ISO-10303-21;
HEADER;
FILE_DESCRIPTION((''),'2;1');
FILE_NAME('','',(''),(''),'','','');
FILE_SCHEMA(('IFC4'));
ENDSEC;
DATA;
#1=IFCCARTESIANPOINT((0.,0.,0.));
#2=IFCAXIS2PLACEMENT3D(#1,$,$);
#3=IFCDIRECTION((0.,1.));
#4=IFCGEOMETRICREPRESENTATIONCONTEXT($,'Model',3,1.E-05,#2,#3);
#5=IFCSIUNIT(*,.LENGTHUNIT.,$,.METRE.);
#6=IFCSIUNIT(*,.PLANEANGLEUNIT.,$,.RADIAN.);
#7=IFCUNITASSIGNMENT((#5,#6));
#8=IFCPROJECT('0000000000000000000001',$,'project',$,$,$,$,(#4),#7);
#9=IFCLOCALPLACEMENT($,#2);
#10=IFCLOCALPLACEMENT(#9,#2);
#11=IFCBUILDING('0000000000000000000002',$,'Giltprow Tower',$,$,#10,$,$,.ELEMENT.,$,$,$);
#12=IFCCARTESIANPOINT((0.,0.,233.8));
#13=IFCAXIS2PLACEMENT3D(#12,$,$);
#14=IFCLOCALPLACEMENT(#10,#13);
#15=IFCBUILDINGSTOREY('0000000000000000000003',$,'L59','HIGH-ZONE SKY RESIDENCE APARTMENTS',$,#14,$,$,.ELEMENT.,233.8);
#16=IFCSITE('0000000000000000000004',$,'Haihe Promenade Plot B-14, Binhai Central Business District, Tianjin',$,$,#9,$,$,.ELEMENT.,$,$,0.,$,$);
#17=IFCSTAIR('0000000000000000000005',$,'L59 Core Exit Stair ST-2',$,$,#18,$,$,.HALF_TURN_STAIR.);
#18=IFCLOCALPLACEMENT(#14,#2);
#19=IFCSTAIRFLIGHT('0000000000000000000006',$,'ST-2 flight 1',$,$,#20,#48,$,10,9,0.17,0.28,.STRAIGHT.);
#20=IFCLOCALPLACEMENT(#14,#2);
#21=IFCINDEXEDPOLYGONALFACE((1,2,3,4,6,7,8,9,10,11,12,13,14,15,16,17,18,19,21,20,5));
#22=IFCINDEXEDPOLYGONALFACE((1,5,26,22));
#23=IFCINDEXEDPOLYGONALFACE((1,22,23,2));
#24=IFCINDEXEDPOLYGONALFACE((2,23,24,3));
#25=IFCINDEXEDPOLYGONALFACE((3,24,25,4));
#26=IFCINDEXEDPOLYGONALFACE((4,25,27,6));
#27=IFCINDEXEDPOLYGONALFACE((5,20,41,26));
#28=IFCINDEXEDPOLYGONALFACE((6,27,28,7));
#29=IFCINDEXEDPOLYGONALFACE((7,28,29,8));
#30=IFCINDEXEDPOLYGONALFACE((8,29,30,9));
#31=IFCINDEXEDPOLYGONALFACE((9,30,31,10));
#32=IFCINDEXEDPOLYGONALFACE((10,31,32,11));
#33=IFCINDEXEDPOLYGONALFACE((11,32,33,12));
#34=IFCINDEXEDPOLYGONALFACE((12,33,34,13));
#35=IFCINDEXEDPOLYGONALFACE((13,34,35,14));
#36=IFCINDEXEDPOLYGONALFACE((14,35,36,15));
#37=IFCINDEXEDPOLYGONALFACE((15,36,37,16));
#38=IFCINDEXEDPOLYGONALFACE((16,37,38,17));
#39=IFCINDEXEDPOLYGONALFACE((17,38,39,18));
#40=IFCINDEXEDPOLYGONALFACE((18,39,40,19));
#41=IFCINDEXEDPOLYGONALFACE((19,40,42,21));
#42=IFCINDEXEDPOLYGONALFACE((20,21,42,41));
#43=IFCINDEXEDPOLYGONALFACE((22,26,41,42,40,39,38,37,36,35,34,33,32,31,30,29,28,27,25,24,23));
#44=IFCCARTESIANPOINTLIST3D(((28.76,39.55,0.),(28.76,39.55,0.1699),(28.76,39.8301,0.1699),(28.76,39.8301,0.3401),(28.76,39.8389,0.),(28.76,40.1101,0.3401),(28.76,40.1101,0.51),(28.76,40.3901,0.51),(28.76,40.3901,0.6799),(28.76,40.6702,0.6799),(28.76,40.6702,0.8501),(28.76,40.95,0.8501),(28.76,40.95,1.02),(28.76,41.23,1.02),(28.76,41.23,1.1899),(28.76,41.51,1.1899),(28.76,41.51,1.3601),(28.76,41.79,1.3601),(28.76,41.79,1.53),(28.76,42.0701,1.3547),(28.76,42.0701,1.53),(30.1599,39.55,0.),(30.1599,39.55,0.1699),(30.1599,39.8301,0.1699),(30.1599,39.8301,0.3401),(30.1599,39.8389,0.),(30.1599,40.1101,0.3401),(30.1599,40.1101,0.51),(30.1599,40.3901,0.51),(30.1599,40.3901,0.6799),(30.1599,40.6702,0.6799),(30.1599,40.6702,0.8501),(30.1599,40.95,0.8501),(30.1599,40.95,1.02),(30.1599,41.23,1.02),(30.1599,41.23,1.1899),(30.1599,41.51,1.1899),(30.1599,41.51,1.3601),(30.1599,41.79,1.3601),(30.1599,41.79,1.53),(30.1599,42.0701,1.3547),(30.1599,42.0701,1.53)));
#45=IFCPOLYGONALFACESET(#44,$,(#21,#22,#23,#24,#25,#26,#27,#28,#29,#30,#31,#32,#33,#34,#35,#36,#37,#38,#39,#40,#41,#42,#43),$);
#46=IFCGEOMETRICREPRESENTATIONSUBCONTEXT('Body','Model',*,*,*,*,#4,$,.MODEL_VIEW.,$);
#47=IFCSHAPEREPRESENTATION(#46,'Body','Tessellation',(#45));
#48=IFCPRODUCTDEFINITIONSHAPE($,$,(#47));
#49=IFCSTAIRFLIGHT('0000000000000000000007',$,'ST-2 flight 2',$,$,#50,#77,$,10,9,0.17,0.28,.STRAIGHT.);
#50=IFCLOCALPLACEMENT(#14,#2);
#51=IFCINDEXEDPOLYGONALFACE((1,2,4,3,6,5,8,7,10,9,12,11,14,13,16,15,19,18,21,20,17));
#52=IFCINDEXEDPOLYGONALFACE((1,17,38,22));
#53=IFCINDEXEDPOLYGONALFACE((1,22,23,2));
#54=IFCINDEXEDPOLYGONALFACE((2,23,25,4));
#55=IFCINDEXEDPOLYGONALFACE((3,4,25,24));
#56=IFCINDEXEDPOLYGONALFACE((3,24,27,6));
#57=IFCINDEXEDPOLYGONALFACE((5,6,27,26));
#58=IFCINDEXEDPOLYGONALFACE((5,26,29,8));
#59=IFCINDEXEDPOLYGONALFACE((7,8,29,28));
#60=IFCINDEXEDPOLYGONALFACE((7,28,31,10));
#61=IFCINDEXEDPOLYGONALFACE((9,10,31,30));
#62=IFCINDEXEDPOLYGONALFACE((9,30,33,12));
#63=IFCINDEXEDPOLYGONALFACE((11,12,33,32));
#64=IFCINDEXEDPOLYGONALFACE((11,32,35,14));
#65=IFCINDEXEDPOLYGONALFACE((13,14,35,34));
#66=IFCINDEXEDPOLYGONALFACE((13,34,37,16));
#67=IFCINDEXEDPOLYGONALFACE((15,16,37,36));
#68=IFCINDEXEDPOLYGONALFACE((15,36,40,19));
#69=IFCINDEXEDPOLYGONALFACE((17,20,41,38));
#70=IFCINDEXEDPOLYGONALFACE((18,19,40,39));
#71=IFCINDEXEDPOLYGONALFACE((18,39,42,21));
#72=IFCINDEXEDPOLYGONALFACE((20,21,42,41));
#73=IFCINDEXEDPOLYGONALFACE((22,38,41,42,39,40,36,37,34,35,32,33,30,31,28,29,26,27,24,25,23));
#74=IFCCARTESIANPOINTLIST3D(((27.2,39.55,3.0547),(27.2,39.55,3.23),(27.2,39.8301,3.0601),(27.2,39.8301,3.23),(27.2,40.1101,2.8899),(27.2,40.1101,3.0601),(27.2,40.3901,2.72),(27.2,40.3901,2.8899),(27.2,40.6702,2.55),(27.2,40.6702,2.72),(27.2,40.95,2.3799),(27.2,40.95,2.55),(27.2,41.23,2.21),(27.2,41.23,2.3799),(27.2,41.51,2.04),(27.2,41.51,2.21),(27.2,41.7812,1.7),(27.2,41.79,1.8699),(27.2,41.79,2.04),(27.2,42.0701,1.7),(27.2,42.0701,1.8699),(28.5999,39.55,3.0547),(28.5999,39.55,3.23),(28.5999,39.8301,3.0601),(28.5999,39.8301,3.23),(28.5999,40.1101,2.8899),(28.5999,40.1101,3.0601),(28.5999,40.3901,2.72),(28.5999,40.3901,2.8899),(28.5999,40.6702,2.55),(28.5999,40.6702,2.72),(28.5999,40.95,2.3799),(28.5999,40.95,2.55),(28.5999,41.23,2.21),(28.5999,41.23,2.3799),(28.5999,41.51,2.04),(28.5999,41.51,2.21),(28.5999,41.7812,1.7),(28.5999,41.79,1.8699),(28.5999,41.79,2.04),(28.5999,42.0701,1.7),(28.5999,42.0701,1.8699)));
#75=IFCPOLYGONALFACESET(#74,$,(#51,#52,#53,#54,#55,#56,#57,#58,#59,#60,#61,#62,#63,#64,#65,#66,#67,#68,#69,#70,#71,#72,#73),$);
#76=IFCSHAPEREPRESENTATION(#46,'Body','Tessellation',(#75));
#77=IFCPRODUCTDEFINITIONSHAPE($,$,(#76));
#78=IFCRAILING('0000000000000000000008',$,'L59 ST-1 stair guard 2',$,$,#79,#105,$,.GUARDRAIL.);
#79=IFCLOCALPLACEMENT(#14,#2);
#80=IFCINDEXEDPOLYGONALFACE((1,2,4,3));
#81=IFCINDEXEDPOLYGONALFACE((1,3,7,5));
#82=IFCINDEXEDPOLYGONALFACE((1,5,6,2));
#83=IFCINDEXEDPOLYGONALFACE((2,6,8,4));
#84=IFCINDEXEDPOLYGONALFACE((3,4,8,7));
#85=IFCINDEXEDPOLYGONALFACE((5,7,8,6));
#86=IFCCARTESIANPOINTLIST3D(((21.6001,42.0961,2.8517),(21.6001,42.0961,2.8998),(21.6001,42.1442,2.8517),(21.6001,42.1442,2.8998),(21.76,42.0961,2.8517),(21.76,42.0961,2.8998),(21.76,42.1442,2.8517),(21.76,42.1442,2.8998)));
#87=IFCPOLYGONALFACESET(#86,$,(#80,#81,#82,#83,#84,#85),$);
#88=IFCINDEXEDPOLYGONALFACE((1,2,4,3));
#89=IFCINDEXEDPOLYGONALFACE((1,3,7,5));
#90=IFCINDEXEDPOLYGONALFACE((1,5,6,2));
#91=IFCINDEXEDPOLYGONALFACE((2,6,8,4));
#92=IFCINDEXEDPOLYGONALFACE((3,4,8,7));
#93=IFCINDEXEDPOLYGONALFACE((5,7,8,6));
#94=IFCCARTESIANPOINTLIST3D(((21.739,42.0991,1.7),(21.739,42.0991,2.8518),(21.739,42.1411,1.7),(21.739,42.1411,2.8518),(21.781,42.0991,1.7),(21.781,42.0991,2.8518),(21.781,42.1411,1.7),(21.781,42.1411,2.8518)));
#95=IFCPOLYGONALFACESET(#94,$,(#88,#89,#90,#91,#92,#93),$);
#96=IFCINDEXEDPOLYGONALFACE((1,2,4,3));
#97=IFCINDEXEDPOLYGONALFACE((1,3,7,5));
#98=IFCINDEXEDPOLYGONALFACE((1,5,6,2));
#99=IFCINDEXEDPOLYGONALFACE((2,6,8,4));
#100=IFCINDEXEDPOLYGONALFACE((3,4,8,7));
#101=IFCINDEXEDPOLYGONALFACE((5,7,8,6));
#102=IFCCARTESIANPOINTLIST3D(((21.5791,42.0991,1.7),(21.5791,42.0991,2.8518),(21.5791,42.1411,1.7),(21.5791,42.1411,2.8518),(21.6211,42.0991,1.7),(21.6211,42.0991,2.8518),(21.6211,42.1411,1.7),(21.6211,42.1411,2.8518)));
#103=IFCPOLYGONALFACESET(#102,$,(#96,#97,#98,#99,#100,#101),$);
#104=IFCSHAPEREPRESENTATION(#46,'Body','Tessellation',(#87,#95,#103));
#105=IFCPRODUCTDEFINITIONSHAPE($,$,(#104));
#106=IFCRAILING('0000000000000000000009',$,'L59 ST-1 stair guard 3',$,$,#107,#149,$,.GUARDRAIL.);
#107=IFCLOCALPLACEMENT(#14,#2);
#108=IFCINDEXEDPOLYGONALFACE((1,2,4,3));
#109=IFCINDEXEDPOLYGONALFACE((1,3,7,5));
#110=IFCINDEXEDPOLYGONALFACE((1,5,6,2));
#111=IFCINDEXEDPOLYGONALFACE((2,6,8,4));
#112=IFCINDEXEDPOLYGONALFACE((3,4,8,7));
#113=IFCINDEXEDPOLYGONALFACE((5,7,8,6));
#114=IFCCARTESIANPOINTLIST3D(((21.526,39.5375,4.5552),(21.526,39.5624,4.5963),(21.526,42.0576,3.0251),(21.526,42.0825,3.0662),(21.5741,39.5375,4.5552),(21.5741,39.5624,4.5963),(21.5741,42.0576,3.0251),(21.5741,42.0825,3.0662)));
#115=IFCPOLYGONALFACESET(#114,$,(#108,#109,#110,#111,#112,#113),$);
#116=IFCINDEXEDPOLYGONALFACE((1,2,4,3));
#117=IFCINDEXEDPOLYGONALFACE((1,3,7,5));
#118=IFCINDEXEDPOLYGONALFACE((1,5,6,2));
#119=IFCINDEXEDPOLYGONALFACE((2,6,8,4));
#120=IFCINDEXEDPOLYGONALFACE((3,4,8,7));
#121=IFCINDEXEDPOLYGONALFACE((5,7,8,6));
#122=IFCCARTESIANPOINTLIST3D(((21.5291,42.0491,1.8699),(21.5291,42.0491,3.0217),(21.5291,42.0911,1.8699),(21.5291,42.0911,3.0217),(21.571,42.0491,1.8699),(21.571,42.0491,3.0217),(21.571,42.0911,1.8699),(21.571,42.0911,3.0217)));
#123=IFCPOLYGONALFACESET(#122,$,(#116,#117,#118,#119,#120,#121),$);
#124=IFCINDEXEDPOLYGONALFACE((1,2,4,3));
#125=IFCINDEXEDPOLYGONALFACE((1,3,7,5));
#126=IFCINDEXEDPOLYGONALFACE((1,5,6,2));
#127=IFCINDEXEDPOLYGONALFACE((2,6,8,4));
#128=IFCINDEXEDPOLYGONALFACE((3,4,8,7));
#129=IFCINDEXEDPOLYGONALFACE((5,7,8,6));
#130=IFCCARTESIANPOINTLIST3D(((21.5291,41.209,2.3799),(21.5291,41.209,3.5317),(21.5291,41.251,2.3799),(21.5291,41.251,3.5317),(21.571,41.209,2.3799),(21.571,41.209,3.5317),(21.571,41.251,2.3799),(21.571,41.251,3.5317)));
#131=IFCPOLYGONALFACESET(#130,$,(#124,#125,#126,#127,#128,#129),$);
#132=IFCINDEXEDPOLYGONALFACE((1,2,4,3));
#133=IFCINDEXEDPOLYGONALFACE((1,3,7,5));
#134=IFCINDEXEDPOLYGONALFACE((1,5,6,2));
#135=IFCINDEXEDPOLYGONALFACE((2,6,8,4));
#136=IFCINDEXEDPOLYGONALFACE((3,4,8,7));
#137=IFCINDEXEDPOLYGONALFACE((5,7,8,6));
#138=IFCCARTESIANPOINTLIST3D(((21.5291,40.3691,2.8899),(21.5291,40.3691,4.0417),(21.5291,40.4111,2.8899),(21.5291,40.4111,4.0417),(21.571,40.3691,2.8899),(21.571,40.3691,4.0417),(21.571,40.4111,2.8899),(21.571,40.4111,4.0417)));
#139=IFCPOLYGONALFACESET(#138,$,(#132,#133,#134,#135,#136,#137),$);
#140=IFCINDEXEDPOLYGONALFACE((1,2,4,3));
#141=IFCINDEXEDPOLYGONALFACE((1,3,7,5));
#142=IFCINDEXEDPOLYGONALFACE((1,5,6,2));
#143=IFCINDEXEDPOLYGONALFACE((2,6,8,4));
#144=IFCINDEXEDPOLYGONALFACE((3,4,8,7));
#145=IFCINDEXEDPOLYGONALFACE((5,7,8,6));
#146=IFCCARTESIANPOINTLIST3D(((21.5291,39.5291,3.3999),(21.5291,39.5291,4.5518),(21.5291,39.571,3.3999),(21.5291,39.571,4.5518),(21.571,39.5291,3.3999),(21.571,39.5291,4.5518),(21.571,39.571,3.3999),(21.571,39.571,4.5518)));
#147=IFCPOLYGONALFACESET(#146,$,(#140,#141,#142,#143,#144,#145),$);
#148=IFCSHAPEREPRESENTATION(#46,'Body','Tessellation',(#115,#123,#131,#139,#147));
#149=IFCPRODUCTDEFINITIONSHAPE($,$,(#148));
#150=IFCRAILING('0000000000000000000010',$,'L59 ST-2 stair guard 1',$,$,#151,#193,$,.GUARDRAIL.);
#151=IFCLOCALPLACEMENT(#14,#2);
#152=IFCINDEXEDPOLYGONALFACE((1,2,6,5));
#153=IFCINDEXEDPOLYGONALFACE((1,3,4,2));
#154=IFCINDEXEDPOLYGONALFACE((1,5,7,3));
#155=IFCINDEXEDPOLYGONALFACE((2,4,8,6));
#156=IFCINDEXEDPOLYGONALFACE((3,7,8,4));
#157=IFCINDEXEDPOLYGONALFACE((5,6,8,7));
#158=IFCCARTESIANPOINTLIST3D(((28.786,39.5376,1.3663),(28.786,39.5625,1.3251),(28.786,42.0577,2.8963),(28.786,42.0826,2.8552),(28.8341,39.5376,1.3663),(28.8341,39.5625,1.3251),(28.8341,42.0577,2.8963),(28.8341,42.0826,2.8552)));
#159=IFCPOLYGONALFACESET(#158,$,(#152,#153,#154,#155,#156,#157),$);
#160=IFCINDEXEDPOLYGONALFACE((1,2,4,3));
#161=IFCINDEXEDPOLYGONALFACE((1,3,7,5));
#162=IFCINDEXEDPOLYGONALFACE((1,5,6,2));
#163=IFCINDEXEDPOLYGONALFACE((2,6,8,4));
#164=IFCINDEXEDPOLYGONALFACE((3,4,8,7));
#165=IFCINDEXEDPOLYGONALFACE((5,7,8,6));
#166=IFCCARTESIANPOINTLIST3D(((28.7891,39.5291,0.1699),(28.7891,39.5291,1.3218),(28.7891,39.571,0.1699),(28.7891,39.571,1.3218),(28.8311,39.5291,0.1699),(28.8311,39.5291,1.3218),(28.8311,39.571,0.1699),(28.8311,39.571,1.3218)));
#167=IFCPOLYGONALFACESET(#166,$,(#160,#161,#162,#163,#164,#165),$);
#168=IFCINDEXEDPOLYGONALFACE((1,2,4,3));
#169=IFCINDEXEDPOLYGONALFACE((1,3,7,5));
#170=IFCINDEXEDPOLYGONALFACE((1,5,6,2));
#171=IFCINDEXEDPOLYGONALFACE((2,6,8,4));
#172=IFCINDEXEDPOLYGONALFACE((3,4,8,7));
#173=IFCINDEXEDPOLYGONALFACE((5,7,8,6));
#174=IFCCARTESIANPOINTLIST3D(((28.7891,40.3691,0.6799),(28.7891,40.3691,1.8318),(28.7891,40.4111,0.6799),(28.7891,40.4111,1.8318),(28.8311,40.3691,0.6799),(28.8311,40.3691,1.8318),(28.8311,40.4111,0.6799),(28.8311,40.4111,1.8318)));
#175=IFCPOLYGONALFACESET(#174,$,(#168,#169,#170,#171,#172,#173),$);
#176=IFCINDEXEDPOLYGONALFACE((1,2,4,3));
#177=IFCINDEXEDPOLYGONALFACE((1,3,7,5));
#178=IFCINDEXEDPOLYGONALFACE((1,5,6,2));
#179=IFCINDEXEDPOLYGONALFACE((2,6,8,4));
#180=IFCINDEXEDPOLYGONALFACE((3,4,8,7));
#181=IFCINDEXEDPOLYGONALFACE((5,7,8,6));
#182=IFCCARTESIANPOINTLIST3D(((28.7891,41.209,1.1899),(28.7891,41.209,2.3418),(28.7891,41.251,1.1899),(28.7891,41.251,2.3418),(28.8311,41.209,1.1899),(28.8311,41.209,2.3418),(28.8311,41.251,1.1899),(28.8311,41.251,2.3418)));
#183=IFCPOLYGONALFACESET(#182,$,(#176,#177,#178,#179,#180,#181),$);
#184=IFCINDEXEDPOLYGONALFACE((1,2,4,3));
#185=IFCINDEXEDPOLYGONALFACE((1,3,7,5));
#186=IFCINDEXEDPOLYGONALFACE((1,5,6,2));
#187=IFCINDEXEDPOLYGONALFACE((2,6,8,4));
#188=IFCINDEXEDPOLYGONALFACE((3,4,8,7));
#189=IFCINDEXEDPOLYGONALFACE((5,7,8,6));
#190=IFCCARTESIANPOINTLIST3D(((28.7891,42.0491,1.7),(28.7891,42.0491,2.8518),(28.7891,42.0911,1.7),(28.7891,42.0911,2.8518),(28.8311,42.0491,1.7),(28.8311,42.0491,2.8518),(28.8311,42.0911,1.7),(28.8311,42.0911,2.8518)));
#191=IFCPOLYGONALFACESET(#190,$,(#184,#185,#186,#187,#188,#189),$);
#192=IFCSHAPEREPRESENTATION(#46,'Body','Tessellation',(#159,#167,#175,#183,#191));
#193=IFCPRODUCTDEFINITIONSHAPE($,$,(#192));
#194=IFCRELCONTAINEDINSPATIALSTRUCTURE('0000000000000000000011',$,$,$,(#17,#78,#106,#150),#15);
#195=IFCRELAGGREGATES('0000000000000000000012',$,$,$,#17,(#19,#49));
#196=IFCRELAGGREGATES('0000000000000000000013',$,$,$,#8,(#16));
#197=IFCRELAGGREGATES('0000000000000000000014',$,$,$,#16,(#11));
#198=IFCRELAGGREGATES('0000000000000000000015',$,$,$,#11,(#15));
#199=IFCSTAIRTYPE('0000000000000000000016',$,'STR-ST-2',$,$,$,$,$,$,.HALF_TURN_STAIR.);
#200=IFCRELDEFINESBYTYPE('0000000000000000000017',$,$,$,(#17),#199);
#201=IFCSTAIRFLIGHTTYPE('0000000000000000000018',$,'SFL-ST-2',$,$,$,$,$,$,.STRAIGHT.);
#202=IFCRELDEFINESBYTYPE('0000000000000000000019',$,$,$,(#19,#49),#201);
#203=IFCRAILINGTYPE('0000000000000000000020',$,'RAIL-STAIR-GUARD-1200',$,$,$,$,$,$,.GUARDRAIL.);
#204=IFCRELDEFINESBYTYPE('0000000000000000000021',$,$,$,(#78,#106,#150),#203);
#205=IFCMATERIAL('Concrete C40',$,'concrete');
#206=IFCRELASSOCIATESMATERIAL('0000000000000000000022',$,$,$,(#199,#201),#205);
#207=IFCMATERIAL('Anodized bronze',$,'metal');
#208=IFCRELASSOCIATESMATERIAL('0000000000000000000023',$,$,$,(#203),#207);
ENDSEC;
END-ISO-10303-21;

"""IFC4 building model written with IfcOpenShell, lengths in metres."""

from ifc_helpers import new_model, si_unit, direction, frame, origin, origin_2d, place, context, subcontext, project, spatial, polyline, rectangle, outline, extrude, material, type_object, element, aggregate, save


model = new_model("IFC4")

# Units and contexts
model_context = context("Model", 3, precision=1e-05, world=origin(), true_north=direction((0.0, 1.0)))
body_context = subcontext(model_context, "Body", "Model", "MODEL_VIEW")
ifc_project = project(units=[si_unit("LENGTHUNIT", "METRE"), si_unit("PLANEANGLEUNIT", "RADIAN")], contexts=[model_context])

# Site, building, storey
site_placement = place(None, origin())
site = spatial("IfcSite", under=ifc_project, at=site_placement, Name="Haihe Promenade Plot B-14, Binhai Central Business District, Tianjin", CompositionType="ELEMENT", RefElevation=0.0)
building_placement = place(site_placement, origin())
building = spatial("IfcBuilding", under=site, at=building_placement, Name="Giltprow Tower", CompositionType="ELEMENT")
storey_placement = place(building_placement, frame((0.0, 0.0, 233.8)))
storey = spatial("IfcBuildingStorey", under=building, at=storey_placement, Name="L59", Description="HIGH-ZONE SKY RESIDENCE APARTMENTS", CompositionType="ELEMENT", Elevation=233.8)

# Shared definitions
ifc_material_1 = material(Name="Concrete C40", Category="concrete")

# Stair, stair flights
stair_type_1 = type_object("IfcStairType", Name="STR-ST-2", PredefinedType="HALF_TURN_STAIR", material=ifc_material_1)
stair_1_placement = place(storey_placement, origin())
stair_1 = element("IfcStair", 1, at=stair_1_placement, inside=storey, type_object=stair_type_1, Name="L59 Core Exit Stair ST-2", PredefinedType="HALF_TURN_STAIR")
stair_flight_type_1 = type_object("IfcStairFlightType", Name="SFL-ST-2", PredefinedType="STRAIGHT", material=ifc_material_1)
stair_flight_1_placement = place(storey_placement, frame((29.46, 39.55, 0.0), z_axis=(0.0, 0.0, 1.0), x_axis=(0.0, 1.0, 0.0)))
stair_flight_1 = element("IfcStairFlight", 2, at=stair_flight_1_placement, type_object=stair_flight_type_1, Name="ST-2 flight 1", NumberOfRisers=10, NumberOfTreads=9, PredefinedType="STRAIGHT", RiserHeight=0.17, TreadLength=0.28, context=body_context, shape_type="SweptSolid", body=[
    extrude(outline(polyline([(0.0, 0.0), (0.0, 0.1699), (0.28, 0.1699), (0.28, 0.3401), (0.5601, 0.3401), (0.5601, 0.51), (0.8401, 0.51), (0.8401, 0.6799), (1.1201, 0.6799), (1.1201, 0.8501), (1.3999, 0.8501), (1.3999, 1.02), (1.6799, 1.02), (1.6799, 1.1899), (1.96, 1.1899), (1.96, 1.3601), (2.24, 1.3601), (2.24, 1.53), (2.52, 1.53), (2.52, 1.7), (2.52, 1.3547), (0.2888, 0.0), (0.0, 0.0)])), frame((0.0, 0.7, 0.0), z_axis=(0.0, -1.0, 0.0), x_axis=(1.0, 0.0, 0.0)), (0.0, 0.0, 1.0), 1.3999),
])
stair_flight_2_placement = place(storey_placement, frame((27.8999, 42.0701, 1.7), z_axis=(0.0, 0.0, 1.0), x_axis=(0.0, -1.0, 0.0)))
stair_flight_2 = element("IfcStairFlight", 3, at=stair_flight_2_placement, type_object=stair_flight_type_1, Name="ST-2 flight 2", NumberOfRisers=10, NumberOfTreads=9, PredefinedType="STRAIGHT", RiserHeight=0.17, TreadLength=0.28, context=body_context, shape_type="SweptSolid", body=[
    extrude(outline(polyline([(0.0, 0.0), (0.0, 0.1699), (0.28, 0.1699), (0.28, 0.3401), (0.5601, 0.3401), (0.5601, 0.51), (0.8401, 0.51), (0.8401, 0.6799), (1.1201, 0.6799), (1.1201, 0.8501), (1.3999, 0.8501), (1.3999, 1.02), (1.6799, 1.02), (1.6799, 1.1899), (1.96, 1.1899), (1.96, 1.3601), (2.24, 1.3601), (2.24, 1.53), (2.52, 1.53), (2.52, 1.7), (2.52, 1.3547), (0.2888, 0.0), (0.0, 0.0)])), frame((0.0, 0.7, 0.0), z_axis=(0.0, -1.0, 0.0), x_axis=(1.0, 0.0, 0.0)), (0.0, 0.0, 1.0), 1.3999),
])
aggregate(stair_1, [stair_flight_1, stair_flight_2])

# Railings
ifc_material_2 = material(Name="Anodized bronze", Category="metal")
railing_type_1 = type_object("IfcRailingType", Name="RAIL-STAIR-GUARD-1200", PredefinedType="GUARDRAIL", material=ifc_material_2)
railing_1_placement = place(storey_placement, frame((21.76, 42.1201, 1.7)))
element("IfcRailing", 4, at=railing_1_placement, inside=storey, type_object=railing_type_1, Name="L59 ST-1 stair guard 2", PredefinedType="GUARDRAIL", context=body_context, shape_type="SweptSolid", body=[
    extrude(rectangle(XDim=0.0481, YDim=0.0481, at=origin_2d()), frame((0.0, 0.0, 1.1758), z_axis=(-1.0, 0.0, 0.0), x_axis=(0.0, -1.0, 0.0)), (0.0, 0.0, 1.0), 0.1599),
    extrude(rectangle(XDim=0.042, YDim=0.042, at=origin_2d()), origin(), (0.0, 0.0, 1.0), 1.1519),
    extrude(rectangle(XDim=0.042, YDim=0.042, at=origin_2d()), frame((-0.1599, 0.0, 0.0)), (0.0, 0.0, 1.0), 1.1519),
])
railing_2_placement = place(storey_placement, frame((21.55, 42.0701, 1.8699)))
element("IfcRailing", 5, at=railing_2_placement, inside=storey, type_object=railing_type_1, Name="L59 ST-1 stair guard 3", PredefinedType="GUARDRAIL", context=body_context, shape_type="SweptSolid", body=[
    extrude(rectangle(XDim=0.0481, YDim=0.0481, at=origin_2d()), frame((0.0, 0.0, 1.1758), z_axis=(0.0, -0.854785, 0.518982), x_axis=(1.0, 0.0, 0.0)), (0.0, 0.0, 1.0), 2.9482),
    extrude(rectangle(XDim=0.042, YDim=0.042, at=origin_2d()), origin(), (0.0, 0.0, 1.0), 1.1519),
    extrude(rectangle(XDim=0.042, YDim=0.042, at=origin_2d()), frame((0.0, -0.8401, 0.51)), (0.0, 0.0, 1.0), 1.1519),
    extrude(rectangle(XDim=0.042, YDim=0.042, at=origin_2d()), frame((0.0, -1.6799, 1.02)), (0.0, 0.0, 1.0), 1.1519),
    extrude(rectangle(XDim=0.042, YDim=0.042, at=origin_2d()), frame((0.0, -2.52, 1.53)), (0.0, 0.0, 1.0), 1.1519),
])
railing_3_placement = place(storey_placement, frame((28.8101, 39.55, 0.1699)))
element("IfcRailing", 6, at=railing_3_placement, inside=storey, type_object=railing_type_1, Name="L59 ST-2 stair guard 1", PredefinedType="GUARDRAIL", context=body_context, shape_type="SweptSolid", body=[
    extrude(rectangle(XDim=0.0481, YDim=0.0481, at=origin_2d()), frame((0.0, 0.0, 1.1758), z_axis=(0.0, 0.854785, 0.518982), x_axis=(-1.0, 0.0, 0.0)), (0.0, 0.0, 1.0), 2.9482),
    extrude(rectangle(XDim=0.042, YDim=0.042, at=origin_2d()), origin(), (0.0, 0.0, 1.0), 1.1519),
    extrude(rectangle(XDim=0.042, YDim=0.042, at=origin_2d()), frame((0.0, 0.8401, 0.51)), (0.0, 0.0, 1.0), 1.1519),
    extrude(rectangle(XDim=0.042, YDim=0.042, at=origin_2d()), frame((0.0, 1.6799, 1.02)), (0.0, 0.0, 1.0), 1.1519),
    extrude(rectangle(XDim=0.042, YDim=0.042, at=origin_2d()), frame((0.0, 2.52, 1.53)), (0.0, 0.0, 1.0), 1.1519),
])

save(model, "model.ifc")
